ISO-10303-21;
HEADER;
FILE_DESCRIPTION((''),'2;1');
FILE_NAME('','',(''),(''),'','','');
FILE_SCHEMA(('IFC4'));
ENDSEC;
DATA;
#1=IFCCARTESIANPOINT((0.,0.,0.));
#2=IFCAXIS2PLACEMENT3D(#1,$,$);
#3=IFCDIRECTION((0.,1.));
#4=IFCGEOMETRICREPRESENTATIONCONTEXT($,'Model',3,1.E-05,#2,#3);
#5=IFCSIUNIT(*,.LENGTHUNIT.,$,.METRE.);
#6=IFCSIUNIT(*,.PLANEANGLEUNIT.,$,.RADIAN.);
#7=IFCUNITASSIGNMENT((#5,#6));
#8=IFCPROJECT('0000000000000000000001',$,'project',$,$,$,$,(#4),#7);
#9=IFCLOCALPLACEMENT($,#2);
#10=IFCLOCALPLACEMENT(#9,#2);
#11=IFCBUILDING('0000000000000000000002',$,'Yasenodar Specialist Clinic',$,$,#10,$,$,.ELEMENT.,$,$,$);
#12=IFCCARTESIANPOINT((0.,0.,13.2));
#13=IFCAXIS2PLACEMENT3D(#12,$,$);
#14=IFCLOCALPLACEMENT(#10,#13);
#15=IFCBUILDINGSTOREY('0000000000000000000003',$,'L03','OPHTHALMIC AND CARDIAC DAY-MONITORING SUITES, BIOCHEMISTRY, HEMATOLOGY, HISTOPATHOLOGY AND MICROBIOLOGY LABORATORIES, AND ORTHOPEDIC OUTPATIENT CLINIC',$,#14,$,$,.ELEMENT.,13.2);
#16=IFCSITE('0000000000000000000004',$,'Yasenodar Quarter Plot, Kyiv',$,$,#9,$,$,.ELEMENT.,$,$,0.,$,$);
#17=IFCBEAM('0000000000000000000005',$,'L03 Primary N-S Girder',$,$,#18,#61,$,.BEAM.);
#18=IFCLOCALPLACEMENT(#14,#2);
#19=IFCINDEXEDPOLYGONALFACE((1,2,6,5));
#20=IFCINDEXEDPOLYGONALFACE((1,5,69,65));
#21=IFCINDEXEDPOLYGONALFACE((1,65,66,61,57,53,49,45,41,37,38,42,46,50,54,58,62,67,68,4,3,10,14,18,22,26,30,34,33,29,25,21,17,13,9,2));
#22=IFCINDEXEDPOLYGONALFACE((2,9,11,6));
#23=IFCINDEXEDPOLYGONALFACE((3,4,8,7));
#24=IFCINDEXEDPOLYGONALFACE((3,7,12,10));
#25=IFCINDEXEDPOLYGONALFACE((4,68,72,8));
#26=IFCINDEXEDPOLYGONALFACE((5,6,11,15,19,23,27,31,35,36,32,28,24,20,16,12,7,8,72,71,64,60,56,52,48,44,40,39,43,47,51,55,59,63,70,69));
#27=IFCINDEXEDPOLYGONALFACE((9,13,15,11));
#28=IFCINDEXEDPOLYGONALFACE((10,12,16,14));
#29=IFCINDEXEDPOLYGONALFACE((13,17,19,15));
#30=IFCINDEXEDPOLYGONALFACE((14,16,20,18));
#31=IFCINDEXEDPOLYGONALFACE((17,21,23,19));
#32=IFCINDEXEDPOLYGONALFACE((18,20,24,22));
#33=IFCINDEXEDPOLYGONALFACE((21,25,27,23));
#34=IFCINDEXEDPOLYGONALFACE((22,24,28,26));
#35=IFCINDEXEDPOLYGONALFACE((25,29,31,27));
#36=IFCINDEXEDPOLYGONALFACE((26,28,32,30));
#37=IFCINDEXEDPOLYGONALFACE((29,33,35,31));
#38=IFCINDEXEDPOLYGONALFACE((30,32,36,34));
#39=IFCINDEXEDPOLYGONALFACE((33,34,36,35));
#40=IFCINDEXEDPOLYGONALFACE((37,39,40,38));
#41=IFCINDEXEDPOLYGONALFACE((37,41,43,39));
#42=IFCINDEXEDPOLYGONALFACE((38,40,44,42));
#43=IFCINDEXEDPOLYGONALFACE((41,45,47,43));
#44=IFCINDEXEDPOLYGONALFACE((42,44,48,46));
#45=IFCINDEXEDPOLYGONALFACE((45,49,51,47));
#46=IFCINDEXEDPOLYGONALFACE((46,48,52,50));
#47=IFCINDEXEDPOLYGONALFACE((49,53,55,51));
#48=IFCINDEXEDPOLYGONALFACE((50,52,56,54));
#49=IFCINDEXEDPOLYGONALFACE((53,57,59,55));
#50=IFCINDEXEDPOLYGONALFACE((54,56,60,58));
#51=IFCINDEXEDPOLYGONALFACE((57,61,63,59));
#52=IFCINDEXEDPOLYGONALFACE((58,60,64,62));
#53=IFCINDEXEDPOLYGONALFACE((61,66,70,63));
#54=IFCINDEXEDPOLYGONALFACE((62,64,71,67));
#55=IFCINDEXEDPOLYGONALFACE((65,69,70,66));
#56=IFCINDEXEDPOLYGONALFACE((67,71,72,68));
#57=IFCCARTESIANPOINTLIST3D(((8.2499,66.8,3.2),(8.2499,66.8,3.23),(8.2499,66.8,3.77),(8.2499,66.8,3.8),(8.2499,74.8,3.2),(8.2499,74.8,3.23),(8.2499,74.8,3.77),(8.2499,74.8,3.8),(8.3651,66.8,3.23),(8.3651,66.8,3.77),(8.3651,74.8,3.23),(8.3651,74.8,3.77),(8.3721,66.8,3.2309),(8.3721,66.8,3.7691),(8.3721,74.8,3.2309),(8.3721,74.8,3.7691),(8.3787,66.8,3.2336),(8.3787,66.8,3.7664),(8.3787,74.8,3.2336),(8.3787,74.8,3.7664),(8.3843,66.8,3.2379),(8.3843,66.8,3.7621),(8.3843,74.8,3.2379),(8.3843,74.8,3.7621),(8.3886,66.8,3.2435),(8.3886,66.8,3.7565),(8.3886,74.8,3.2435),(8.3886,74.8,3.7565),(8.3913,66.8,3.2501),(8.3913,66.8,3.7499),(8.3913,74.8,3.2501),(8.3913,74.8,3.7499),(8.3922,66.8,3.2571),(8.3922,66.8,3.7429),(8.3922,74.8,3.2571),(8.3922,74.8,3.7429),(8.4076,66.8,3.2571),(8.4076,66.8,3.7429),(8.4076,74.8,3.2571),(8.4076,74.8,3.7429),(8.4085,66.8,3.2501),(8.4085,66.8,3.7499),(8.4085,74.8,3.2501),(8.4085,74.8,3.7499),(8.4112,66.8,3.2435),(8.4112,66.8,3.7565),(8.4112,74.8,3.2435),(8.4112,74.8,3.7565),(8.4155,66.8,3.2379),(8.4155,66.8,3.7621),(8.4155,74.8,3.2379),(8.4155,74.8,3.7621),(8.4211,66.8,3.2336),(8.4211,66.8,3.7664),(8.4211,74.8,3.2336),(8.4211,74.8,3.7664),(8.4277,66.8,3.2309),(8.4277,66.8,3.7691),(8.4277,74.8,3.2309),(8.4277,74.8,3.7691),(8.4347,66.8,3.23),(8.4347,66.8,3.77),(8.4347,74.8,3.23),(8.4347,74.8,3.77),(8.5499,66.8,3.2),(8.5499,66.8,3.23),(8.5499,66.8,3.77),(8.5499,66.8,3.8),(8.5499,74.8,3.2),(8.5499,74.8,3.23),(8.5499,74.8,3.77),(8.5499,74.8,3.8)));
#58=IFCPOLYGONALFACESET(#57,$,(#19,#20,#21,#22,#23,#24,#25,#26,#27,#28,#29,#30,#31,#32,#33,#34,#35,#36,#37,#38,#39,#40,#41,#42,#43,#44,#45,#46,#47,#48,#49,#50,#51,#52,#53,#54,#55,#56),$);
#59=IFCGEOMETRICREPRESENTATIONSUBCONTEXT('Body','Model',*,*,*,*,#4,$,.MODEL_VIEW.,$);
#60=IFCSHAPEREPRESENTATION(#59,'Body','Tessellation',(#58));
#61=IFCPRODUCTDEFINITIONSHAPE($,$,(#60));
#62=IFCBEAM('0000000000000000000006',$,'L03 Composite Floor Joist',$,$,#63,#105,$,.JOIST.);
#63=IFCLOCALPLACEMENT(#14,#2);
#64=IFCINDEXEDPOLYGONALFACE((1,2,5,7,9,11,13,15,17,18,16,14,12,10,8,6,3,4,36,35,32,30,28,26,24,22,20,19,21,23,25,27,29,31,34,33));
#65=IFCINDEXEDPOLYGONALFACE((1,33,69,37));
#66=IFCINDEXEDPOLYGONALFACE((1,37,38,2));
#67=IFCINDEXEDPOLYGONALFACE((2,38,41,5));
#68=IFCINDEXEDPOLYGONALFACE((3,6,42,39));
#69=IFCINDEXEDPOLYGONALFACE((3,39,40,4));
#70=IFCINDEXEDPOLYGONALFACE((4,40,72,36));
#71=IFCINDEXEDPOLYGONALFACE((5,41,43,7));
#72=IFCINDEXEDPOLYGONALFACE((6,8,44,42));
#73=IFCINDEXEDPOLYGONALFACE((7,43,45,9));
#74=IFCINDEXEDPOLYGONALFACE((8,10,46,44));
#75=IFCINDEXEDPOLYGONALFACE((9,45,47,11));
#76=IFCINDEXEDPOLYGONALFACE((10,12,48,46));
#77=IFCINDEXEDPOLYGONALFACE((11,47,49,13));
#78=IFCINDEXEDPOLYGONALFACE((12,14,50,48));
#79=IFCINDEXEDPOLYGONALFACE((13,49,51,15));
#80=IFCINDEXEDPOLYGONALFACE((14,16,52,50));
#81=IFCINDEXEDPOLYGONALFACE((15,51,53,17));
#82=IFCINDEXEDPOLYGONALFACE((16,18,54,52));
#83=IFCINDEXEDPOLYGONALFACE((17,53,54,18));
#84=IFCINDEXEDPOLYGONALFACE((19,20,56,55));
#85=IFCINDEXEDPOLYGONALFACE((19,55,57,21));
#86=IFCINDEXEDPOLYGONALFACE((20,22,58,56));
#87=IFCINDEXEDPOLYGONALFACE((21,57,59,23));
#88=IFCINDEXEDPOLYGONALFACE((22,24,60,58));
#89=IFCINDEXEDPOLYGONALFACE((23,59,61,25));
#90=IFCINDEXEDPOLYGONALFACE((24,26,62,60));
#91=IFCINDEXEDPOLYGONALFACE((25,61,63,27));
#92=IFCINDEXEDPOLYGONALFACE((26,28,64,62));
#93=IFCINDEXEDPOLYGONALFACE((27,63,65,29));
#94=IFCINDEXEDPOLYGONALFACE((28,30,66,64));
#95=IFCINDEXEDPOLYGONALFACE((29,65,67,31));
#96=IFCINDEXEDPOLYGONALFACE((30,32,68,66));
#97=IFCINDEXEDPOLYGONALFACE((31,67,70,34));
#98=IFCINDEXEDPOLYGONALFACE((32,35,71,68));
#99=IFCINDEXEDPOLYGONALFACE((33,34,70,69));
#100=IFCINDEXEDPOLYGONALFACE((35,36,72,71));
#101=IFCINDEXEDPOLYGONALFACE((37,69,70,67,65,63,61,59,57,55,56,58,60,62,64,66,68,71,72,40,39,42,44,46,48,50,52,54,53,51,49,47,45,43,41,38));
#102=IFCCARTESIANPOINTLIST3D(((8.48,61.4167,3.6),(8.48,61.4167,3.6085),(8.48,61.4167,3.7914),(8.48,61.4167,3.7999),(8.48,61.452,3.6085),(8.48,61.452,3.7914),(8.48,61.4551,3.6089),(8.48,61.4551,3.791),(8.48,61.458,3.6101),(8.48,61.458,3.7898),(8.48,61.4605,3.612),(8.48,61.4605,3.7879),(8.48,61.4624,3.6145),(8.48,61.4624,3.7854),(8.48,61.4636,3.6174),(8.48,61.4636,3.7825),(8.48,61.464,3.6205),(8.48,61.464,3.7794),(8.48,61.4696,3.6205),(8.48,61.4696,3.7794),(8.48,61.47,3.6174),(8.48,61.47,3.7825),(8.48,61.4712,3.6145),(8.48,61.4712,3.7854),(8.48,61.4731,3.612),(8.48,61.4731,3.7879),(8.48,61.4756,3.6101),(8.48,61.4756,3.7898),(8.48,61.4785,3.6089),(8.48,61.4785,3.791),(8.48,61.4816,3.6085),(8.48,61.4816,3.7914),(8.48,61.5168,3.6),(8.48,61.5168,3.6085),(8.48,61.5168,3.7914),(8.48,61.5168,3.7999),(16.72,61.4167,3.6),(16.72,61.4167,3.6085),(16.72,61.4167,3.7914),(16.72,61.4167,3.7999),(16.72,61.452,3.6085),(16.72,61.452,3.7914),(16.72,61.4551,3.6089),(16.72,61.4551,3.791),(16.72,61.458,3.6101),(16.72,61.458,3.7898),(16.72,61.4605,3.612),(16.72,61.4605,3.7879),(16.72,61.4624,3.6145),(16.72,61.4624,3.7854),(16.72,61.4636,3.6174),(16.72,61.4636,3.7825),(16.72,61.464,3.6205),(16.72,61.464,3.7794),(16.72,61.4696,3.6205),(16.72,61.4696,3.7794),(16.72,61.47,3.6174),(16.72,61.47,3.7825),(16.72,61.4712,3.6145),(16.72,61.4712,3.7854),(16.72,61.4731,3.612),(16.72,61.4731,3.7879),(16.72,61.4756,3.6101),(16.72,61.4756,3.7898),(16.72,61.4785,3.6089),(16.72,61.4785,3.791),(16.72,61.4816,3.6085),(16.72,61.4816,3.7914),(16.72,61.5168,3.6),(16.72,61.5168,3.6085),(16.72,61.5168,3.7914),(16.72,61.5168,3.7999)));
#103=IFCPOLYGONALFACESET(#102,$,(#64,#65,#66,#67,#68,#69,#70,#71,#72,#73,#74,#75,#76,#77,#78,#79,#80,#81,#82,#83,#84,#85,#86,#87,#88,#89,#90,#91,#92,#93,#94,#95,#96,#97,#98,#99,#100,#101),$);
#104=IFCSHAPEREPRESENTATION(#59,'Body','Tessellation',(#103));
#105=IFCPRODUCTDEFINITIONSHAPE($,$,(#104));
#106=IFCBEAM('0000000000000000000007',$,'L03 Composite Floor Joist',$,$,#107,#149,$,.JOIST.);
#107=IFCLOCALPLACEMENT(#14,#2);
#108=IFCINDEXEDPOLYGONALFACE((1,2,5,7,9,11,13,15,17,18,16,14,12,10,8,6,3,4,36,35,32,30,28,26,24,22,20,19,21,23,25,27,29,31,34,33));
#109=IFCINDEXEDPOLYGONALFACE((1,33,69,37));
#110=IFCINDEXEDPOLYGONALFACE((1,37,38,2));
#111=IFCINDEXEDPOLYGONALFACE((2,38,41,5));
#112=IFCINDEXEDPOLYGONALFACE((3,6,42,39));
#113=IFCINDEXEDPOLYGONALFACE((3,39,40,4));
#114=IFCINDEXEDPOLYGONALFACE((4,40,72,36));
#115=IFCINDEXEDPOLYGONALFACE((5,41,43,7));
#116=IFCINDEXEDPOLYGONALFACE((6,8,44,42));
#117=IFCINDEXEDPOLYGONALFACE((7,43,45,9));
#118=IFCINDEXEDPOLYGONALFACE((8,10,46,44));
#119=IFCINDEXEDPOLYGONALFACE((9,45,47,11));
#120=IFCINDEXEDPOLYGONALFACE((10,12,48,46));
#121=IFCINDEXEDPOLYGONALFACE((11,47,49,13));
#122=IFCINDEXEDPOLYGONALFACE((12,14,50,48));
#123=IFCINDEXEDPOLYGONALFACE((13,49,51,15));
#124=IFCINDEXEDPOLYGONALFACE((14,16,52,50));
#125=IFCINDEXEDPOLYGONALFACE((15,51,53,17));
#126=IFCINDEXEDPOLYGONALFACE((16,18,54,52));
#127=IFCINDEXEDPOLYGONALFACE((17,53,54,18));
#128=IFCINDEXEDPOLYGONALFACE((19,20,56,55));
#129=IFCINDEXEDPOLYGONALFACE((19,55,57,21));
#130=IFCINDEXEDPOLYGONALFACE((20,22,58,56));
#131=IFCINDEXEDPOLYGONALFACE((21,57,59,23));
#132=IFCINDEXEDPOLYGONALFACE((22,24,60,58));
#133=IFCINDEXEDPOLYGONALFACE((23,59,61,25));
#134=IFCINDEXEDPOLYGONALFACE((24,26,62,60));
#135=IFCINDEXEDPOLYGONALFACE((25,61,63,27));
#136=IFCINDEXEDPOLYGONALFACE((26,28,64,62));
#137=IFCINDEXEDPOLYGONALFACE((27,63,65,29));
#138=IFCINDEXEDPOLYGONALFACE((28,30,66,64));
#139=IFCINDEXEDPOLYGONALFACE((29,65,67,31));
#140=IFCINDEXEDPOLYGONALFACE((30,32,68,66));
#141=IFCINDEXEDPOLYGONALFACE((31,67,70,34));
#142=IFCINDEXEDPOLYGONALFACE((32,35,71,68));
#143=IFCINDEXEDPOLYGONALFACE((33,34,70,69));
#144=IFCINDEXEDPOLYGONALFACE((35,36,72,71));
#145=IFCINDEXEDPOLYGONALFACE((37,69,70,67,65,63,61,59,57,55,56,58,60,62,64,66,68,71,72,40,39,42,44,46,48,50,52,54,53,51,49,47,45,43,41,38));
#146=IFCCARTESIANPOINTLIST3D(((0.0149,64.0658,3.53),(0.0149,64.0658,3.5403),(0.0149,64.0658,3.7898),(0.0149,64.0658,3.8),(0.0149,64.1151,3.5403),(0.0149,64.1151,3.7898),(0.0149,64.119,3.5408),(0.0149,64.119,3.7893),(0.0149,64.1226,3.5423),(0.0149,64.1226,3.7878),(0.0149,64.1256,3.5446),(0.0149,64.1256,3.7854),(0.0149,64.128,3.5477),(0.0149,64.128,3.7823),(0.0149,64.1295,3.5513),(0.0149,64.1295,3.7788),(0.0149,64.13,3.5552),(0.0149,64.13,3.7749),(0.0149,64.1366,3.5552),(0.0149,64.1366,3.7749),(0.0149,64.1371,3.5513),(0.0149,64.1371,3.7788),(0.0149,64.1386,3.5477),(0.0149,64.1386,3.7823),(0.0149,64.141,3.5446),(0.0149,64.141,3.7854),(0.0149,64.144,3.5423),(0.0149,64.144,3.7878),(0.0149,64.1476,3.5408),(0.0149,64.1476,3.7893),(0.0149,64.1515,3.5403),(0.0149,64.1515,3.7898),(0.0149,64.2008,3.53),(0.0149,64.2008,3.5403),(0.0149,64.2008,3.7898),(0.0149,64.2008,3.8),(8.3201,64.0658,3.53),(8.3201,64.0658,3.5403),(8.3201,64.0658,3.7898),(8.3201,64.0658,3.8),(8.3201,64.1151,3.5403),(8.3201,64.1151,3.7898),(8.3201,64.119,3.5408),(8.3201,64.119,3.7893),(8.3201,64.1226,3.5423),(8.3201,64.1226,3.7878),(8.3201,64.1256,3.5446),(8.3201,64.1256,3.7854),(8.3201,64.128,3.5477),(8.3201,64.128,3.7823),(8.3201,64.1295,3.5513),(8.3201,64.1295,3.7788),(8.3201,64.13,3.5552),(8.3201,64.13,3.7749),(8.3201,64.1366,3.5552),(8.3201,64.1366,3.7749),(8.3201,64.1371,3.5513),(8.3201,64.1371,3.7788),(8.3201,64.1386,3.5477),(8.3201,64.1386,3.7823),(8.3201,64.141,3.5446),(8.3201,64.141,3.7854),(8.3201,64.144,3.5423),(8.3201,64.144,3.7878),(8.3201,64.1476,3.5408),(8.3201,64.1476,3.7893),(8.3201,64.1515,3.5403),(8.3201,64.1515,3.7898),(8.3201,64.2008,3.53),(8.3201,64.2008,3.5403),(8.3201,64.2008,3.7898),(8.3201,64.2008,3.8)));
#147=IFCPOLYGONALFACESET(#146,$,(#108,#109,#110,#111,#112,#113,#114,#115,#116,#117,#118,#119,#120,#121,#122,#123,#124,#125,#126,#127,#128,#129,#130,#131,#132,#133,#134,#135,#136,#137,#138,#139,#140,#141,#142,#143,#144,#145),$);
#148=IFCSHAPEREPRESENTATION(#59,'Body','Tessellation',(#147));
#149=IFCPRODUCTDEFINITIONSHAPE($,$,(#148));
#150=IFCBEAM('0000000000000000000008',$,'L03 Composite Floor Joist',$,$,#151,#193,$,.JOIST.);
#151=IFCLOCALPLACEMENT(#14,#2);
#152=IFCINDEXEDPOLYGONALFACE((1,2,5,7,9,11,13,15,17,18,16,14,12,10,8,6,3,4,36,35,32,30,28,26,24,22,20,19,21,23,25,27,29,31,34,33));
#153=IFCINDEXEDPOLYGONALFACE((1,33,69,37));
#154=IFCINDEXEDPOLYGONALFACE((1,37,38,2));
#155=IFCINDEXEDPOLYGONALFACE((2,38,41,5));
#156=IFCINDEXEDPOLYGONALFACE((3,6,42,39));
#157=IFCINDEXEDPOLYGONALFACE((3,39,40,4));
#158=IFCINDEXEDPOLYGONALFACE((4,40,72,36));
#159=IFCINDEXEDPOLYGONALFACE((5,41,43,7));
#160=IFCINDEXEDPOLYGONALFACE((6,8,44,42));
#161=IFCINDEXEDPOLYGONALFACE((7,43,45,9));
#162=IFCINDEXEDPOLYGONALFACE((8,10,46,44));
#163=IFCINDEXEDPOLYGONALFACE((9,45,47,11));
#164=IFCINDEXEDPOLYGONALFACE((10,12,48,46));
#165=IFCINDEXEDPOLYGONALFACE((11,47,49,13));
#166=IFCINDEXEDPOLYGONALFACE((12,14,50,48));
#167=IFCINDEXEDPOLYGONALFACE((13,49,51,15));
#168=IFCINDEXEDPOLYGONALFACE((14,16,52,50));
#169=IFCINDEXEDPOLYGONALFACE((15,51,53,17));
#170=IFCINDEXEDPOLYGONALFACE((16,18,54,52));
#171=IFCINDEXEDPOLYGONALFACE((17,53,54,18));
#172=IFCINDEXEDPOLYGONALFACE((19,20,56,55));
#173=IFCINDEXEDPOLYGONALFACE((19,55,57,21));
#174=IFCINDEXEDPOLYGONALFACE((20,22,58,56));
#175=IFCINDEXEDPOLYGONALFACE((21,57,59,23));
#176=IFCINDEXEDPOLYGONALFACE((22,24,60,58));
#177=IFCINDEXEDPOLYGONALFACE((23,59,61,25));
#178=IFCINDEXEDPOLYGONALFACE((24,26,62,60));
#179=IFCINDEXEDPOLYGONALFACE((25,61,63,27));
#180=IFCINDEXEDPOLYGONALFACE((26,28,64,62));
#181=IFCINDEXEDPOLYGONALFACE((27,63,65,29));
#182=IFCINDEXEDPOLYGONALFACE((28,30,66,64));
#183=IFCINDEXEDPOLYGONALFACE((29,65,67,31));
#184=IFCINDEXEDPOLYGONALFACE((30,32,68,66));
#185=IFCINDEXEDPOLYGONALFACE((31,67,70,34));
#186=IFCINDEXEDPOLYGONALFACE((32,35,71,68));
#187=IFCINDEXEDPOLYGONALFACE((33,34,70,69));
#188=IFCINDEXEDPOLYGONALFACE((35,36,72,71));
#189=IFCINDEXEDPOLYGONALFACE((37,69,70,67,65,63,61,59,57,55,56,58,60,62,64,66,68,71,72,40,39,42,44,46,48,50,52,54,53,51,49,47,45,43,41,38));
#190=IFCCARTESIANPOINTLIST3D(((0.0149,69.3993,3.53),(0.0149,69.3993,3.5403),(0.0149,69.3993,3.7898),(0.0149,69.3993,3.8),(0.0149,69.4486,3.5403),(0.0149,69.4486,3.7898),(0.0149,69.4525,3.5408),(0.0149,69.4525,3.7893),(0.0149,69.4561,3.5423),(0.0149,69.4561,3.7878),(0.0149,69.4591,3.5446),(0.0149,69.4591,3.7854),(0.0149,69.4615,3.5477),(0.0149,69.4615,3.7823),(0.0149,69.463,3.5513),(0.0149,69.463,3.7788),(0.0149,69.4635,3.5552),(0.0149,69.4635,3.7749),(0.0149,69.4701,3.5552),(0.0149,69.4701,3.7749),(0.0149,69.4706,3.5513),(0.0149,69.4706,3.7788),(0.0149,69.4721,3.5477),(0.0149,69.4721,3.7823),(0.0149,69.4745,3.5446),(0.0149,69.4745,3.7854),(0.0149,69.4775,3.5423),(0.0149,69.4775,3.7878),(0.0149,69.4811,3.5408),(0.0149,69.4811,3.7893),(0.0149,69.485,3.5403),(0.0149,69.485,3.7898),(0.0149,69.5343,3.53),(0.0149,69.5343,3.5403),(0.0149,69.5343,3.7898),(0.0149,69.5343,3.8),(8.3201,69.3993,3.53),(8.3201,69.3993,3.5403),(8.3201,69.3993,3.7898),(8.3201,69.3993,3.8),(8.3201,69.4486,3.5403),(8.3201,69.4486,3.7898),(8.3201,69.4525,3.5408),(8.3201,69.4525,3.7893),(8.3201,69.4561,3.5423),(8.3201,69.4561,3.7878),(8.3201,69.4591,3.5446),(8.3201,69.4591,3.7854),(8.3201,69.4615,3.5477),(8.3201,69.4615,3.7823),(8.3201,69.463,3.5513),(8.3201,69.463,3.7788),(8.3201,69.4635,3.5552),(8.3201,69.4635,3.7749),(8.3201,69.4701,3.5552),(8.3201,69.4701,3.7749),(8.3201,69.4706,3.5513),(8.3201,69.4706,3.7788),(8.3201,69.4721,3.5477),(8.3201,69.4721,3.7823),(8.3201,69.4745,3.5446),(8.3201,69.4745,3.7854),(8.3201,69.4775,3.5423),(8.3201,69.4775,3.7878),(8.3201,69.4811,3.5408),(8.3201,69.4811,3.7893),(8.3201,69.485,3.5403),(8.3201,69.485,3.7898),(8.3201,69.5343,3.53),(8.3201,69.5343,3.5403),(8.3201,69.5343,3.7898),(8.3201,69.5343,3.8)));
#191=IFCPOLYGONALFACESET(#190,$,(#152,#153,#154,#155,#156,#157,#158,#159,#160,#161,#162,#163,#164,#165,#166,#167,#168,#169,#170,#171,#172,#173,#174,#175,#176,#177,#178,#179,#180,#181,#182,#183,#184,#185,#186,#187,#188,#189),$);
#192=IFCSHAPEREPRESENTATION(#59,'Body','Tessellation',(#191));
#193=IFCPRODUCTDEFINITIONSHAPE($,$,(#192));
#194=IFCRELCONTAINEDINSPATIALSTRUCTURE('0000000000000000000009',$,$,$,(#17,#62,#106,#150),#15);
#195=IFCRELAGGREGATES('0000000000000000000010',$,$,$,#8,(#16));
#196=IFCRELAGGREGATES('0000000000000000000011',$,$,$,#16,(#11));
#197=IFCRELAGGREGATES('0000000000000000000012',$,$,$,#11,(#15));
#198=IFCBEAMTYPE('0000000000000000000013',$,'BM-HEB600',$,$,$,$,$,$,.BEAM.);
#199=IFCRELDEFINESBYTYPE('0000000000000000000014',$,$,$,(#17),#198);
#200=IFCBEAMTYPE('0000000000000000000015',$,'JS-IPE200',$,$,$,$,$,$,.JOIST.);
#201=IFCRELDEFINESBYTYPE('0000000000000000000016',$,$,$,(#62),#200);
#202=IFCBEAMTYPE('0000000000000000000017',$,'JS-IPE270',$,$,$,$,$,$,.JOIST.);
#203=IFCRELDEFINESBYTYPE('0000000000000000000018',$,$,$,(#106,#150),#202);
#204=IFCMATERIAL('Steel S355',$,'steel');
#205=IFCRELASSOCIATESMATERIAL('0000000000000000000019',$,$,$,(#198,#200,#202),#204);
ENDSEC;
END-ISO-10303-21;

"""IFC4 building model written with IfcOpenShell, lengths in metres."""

from ifc_helpers import new_model, si_unit, direction, frame, origin, origin_2d, place, context, subcontext, project, spatial, i_section, extrude, material, material_profile, profile_set, type_object, element, save


model = new_model("IFC4")

# Units and contexts
model_context = context("Model", 3, precision=1e-05, world=origin(), true_north=direction((0.0, 1.0)))
body_context = subcontext(model_context, "Body", "Model", "MODEL_VIEW")
ifc_project = project(units=[si_unit("LENGTHUNIT", "METRE"), si_unit("PLANEANGLEUNIT", "RADIAN")], contexts=[model_context])

# Site, building, storey
site_placement = place(None, origin())
site = spatial("IfcSite", under=ifc_project, at=site_placement, Name="Yasenodar Quarter Plot, Kyiv", CompositionType="ELEMENT", RefElevation=0.0)
building_placement = place(site_placement, origin())
building = spatial("IfcBuilding", under=site, at=building_placement, Name="Yasenodar Specialist Clinic", CompositionType="ELEMENT")
storey_placement = place(building_placement, frame((0.0, 0.0, 13.2)))
storey = spatial("IfcBuildingStorey", under=building, at=storey_placement, Name="L03", Description="OPHTHALMIC AND CARDIAC DAY-MONITORING SUITES, BIOCHEMISTRY, HEMATOLOGY, HISTOPATHOLOGY AND MICROBIOLOGY LABORATORIES, AND ORTHOPEDIC OUTPATIENT CLINIC", CompositionType="ELEMENT", Elevation=13.2)

# Shared definitions
ifc_material_1 = material(Name="Steel S355", Category="steel")

# Beams
ifc_material_profile_1 = material_profile(ifc_material_1, i_section(OverallWidth=0.3, OverallDepth=0.6001, WebThickness=0.0154, FlangeThickness=0.03, FilletRadius=0.0271, at=origin_2d()), Name="HEB 600")
ifc_profile_set_1 = profile_set([ifc_material_profile_1], Name="Steel S355")
beam_type_1 = type_object("IfcBeamType", Name="BM-HEB600", PredefinedType="BEAM", material=ifc_profile_set_1)
beam_1_placement = place(storey_placement, frame((8.3999, 66.8, 3.5), z_axis=(0.0, 1.0, 0.0), x_axis=(-1.0, 0.0, 0.0)))
element("IfcBeam", 1, at=beam_1_placement, inside=storey, type_object=beam_type_1, Name="L03 Primary N-S Girder", PredefinedType="BEAM", context=body_context, shape_type="SweptSolid", body=[
    extrude(i_section(OverallWidth=0.3, OverallDepth=0.6001, WebThickness=0.0154, FlangeThickness=0.03, FilletRadius=0.0271, at=origin_2d()), origin(), (0.0, 0.0, 1.0), 8.0),
])
ifc_material_profile_2 = material_profile(ifc_material_1, i_section(OverallWidth=0.1001, OverallDepth=0.2, WebThickness=0.0056, FlangeThickness=0.0085, FilletRadius=0.012, at=origin_2d()), Name="IPE 200")
ifc_profile_set_2 = profile_set([ifc_material_profile_2], Name="Steel S355")
beam_type_2 = type_object("IfcBeamType", Name="JS-IPE200", PredefinedType="JOIST", material=ifc_profile_set_2)
beam_2_placement = place(storey_placement, frame((8.48, 61.4668, 3.7), z_axis=(1.0, 0.0, 0.0), x_axis=(0.0, 1.0, 0.0)))
element("IfcBeam", 2, at=beam_2_placement, inside=storey, type_object=beam_type_2, Name="L03 Composite Floor Joist", PredefinedType="JOIST", context=body_context, shape_type="SweptSolid", body=[
    extrude(i_section(OverallWidth=0.1001, OverallDepth=0.2, WebThickness=0.0056, FlangeThickness=0.0085, FilletRadius=0.012, at=origin_2d()), origin(), (0.0, 0.0, 1.0), 8.24),
])
ifc_material_profile_3 = material_profile(ifc_material_1, i_section(OverallWidth=0.135, OverallDepth=0.27, WebThickness=0.0066, FlangeThickness=0.0103, FilletRadius=0.0149, at=origin_2d()), Name="IPE 270")
ifc_profile_set_3 = profile_set([ifc_material_profile_3], Name="Steel S355")
beam_type_3 = type_object("IfcBeamType", Name="JS-IPE270", PredefinedType="JOIST", material=ifc_profile_set_3)
for number, where, z_axis, x_axis, name in (
    (3, (0.0149, 64.1333, 3.665), (1.0, 0.0, 0.0), (0.0, 1.0, 0.0), "L03 Composite Floor Joist"),
    (4, (0.0149, 69.4668, 3.665), (1.0, 0.0, 0.0), (0.0, 1.0, 0.0), "L03 Composite Floor Joist"),
):
    element("IfcBeam", number, at=place(storey_placement, frame(where, z_axis=z_axis, x_axis=x_axis)), inside=storey, type_object=beam_type_3, Name=name, PredefinedType="JOIST", context=body_context, shape_type="SweptSolid", body=[
        extrude(i_section(OverallWidth=0.135, OverallDepth=0.27, WebThickness=0.0066, FlangeThickness=0.0103, FilletRadius=0.0149, at=origin_2d()), origin(), (0.0, 0.0, 1.0), 8.3052),
    ])

save(model, "model.ifc")
